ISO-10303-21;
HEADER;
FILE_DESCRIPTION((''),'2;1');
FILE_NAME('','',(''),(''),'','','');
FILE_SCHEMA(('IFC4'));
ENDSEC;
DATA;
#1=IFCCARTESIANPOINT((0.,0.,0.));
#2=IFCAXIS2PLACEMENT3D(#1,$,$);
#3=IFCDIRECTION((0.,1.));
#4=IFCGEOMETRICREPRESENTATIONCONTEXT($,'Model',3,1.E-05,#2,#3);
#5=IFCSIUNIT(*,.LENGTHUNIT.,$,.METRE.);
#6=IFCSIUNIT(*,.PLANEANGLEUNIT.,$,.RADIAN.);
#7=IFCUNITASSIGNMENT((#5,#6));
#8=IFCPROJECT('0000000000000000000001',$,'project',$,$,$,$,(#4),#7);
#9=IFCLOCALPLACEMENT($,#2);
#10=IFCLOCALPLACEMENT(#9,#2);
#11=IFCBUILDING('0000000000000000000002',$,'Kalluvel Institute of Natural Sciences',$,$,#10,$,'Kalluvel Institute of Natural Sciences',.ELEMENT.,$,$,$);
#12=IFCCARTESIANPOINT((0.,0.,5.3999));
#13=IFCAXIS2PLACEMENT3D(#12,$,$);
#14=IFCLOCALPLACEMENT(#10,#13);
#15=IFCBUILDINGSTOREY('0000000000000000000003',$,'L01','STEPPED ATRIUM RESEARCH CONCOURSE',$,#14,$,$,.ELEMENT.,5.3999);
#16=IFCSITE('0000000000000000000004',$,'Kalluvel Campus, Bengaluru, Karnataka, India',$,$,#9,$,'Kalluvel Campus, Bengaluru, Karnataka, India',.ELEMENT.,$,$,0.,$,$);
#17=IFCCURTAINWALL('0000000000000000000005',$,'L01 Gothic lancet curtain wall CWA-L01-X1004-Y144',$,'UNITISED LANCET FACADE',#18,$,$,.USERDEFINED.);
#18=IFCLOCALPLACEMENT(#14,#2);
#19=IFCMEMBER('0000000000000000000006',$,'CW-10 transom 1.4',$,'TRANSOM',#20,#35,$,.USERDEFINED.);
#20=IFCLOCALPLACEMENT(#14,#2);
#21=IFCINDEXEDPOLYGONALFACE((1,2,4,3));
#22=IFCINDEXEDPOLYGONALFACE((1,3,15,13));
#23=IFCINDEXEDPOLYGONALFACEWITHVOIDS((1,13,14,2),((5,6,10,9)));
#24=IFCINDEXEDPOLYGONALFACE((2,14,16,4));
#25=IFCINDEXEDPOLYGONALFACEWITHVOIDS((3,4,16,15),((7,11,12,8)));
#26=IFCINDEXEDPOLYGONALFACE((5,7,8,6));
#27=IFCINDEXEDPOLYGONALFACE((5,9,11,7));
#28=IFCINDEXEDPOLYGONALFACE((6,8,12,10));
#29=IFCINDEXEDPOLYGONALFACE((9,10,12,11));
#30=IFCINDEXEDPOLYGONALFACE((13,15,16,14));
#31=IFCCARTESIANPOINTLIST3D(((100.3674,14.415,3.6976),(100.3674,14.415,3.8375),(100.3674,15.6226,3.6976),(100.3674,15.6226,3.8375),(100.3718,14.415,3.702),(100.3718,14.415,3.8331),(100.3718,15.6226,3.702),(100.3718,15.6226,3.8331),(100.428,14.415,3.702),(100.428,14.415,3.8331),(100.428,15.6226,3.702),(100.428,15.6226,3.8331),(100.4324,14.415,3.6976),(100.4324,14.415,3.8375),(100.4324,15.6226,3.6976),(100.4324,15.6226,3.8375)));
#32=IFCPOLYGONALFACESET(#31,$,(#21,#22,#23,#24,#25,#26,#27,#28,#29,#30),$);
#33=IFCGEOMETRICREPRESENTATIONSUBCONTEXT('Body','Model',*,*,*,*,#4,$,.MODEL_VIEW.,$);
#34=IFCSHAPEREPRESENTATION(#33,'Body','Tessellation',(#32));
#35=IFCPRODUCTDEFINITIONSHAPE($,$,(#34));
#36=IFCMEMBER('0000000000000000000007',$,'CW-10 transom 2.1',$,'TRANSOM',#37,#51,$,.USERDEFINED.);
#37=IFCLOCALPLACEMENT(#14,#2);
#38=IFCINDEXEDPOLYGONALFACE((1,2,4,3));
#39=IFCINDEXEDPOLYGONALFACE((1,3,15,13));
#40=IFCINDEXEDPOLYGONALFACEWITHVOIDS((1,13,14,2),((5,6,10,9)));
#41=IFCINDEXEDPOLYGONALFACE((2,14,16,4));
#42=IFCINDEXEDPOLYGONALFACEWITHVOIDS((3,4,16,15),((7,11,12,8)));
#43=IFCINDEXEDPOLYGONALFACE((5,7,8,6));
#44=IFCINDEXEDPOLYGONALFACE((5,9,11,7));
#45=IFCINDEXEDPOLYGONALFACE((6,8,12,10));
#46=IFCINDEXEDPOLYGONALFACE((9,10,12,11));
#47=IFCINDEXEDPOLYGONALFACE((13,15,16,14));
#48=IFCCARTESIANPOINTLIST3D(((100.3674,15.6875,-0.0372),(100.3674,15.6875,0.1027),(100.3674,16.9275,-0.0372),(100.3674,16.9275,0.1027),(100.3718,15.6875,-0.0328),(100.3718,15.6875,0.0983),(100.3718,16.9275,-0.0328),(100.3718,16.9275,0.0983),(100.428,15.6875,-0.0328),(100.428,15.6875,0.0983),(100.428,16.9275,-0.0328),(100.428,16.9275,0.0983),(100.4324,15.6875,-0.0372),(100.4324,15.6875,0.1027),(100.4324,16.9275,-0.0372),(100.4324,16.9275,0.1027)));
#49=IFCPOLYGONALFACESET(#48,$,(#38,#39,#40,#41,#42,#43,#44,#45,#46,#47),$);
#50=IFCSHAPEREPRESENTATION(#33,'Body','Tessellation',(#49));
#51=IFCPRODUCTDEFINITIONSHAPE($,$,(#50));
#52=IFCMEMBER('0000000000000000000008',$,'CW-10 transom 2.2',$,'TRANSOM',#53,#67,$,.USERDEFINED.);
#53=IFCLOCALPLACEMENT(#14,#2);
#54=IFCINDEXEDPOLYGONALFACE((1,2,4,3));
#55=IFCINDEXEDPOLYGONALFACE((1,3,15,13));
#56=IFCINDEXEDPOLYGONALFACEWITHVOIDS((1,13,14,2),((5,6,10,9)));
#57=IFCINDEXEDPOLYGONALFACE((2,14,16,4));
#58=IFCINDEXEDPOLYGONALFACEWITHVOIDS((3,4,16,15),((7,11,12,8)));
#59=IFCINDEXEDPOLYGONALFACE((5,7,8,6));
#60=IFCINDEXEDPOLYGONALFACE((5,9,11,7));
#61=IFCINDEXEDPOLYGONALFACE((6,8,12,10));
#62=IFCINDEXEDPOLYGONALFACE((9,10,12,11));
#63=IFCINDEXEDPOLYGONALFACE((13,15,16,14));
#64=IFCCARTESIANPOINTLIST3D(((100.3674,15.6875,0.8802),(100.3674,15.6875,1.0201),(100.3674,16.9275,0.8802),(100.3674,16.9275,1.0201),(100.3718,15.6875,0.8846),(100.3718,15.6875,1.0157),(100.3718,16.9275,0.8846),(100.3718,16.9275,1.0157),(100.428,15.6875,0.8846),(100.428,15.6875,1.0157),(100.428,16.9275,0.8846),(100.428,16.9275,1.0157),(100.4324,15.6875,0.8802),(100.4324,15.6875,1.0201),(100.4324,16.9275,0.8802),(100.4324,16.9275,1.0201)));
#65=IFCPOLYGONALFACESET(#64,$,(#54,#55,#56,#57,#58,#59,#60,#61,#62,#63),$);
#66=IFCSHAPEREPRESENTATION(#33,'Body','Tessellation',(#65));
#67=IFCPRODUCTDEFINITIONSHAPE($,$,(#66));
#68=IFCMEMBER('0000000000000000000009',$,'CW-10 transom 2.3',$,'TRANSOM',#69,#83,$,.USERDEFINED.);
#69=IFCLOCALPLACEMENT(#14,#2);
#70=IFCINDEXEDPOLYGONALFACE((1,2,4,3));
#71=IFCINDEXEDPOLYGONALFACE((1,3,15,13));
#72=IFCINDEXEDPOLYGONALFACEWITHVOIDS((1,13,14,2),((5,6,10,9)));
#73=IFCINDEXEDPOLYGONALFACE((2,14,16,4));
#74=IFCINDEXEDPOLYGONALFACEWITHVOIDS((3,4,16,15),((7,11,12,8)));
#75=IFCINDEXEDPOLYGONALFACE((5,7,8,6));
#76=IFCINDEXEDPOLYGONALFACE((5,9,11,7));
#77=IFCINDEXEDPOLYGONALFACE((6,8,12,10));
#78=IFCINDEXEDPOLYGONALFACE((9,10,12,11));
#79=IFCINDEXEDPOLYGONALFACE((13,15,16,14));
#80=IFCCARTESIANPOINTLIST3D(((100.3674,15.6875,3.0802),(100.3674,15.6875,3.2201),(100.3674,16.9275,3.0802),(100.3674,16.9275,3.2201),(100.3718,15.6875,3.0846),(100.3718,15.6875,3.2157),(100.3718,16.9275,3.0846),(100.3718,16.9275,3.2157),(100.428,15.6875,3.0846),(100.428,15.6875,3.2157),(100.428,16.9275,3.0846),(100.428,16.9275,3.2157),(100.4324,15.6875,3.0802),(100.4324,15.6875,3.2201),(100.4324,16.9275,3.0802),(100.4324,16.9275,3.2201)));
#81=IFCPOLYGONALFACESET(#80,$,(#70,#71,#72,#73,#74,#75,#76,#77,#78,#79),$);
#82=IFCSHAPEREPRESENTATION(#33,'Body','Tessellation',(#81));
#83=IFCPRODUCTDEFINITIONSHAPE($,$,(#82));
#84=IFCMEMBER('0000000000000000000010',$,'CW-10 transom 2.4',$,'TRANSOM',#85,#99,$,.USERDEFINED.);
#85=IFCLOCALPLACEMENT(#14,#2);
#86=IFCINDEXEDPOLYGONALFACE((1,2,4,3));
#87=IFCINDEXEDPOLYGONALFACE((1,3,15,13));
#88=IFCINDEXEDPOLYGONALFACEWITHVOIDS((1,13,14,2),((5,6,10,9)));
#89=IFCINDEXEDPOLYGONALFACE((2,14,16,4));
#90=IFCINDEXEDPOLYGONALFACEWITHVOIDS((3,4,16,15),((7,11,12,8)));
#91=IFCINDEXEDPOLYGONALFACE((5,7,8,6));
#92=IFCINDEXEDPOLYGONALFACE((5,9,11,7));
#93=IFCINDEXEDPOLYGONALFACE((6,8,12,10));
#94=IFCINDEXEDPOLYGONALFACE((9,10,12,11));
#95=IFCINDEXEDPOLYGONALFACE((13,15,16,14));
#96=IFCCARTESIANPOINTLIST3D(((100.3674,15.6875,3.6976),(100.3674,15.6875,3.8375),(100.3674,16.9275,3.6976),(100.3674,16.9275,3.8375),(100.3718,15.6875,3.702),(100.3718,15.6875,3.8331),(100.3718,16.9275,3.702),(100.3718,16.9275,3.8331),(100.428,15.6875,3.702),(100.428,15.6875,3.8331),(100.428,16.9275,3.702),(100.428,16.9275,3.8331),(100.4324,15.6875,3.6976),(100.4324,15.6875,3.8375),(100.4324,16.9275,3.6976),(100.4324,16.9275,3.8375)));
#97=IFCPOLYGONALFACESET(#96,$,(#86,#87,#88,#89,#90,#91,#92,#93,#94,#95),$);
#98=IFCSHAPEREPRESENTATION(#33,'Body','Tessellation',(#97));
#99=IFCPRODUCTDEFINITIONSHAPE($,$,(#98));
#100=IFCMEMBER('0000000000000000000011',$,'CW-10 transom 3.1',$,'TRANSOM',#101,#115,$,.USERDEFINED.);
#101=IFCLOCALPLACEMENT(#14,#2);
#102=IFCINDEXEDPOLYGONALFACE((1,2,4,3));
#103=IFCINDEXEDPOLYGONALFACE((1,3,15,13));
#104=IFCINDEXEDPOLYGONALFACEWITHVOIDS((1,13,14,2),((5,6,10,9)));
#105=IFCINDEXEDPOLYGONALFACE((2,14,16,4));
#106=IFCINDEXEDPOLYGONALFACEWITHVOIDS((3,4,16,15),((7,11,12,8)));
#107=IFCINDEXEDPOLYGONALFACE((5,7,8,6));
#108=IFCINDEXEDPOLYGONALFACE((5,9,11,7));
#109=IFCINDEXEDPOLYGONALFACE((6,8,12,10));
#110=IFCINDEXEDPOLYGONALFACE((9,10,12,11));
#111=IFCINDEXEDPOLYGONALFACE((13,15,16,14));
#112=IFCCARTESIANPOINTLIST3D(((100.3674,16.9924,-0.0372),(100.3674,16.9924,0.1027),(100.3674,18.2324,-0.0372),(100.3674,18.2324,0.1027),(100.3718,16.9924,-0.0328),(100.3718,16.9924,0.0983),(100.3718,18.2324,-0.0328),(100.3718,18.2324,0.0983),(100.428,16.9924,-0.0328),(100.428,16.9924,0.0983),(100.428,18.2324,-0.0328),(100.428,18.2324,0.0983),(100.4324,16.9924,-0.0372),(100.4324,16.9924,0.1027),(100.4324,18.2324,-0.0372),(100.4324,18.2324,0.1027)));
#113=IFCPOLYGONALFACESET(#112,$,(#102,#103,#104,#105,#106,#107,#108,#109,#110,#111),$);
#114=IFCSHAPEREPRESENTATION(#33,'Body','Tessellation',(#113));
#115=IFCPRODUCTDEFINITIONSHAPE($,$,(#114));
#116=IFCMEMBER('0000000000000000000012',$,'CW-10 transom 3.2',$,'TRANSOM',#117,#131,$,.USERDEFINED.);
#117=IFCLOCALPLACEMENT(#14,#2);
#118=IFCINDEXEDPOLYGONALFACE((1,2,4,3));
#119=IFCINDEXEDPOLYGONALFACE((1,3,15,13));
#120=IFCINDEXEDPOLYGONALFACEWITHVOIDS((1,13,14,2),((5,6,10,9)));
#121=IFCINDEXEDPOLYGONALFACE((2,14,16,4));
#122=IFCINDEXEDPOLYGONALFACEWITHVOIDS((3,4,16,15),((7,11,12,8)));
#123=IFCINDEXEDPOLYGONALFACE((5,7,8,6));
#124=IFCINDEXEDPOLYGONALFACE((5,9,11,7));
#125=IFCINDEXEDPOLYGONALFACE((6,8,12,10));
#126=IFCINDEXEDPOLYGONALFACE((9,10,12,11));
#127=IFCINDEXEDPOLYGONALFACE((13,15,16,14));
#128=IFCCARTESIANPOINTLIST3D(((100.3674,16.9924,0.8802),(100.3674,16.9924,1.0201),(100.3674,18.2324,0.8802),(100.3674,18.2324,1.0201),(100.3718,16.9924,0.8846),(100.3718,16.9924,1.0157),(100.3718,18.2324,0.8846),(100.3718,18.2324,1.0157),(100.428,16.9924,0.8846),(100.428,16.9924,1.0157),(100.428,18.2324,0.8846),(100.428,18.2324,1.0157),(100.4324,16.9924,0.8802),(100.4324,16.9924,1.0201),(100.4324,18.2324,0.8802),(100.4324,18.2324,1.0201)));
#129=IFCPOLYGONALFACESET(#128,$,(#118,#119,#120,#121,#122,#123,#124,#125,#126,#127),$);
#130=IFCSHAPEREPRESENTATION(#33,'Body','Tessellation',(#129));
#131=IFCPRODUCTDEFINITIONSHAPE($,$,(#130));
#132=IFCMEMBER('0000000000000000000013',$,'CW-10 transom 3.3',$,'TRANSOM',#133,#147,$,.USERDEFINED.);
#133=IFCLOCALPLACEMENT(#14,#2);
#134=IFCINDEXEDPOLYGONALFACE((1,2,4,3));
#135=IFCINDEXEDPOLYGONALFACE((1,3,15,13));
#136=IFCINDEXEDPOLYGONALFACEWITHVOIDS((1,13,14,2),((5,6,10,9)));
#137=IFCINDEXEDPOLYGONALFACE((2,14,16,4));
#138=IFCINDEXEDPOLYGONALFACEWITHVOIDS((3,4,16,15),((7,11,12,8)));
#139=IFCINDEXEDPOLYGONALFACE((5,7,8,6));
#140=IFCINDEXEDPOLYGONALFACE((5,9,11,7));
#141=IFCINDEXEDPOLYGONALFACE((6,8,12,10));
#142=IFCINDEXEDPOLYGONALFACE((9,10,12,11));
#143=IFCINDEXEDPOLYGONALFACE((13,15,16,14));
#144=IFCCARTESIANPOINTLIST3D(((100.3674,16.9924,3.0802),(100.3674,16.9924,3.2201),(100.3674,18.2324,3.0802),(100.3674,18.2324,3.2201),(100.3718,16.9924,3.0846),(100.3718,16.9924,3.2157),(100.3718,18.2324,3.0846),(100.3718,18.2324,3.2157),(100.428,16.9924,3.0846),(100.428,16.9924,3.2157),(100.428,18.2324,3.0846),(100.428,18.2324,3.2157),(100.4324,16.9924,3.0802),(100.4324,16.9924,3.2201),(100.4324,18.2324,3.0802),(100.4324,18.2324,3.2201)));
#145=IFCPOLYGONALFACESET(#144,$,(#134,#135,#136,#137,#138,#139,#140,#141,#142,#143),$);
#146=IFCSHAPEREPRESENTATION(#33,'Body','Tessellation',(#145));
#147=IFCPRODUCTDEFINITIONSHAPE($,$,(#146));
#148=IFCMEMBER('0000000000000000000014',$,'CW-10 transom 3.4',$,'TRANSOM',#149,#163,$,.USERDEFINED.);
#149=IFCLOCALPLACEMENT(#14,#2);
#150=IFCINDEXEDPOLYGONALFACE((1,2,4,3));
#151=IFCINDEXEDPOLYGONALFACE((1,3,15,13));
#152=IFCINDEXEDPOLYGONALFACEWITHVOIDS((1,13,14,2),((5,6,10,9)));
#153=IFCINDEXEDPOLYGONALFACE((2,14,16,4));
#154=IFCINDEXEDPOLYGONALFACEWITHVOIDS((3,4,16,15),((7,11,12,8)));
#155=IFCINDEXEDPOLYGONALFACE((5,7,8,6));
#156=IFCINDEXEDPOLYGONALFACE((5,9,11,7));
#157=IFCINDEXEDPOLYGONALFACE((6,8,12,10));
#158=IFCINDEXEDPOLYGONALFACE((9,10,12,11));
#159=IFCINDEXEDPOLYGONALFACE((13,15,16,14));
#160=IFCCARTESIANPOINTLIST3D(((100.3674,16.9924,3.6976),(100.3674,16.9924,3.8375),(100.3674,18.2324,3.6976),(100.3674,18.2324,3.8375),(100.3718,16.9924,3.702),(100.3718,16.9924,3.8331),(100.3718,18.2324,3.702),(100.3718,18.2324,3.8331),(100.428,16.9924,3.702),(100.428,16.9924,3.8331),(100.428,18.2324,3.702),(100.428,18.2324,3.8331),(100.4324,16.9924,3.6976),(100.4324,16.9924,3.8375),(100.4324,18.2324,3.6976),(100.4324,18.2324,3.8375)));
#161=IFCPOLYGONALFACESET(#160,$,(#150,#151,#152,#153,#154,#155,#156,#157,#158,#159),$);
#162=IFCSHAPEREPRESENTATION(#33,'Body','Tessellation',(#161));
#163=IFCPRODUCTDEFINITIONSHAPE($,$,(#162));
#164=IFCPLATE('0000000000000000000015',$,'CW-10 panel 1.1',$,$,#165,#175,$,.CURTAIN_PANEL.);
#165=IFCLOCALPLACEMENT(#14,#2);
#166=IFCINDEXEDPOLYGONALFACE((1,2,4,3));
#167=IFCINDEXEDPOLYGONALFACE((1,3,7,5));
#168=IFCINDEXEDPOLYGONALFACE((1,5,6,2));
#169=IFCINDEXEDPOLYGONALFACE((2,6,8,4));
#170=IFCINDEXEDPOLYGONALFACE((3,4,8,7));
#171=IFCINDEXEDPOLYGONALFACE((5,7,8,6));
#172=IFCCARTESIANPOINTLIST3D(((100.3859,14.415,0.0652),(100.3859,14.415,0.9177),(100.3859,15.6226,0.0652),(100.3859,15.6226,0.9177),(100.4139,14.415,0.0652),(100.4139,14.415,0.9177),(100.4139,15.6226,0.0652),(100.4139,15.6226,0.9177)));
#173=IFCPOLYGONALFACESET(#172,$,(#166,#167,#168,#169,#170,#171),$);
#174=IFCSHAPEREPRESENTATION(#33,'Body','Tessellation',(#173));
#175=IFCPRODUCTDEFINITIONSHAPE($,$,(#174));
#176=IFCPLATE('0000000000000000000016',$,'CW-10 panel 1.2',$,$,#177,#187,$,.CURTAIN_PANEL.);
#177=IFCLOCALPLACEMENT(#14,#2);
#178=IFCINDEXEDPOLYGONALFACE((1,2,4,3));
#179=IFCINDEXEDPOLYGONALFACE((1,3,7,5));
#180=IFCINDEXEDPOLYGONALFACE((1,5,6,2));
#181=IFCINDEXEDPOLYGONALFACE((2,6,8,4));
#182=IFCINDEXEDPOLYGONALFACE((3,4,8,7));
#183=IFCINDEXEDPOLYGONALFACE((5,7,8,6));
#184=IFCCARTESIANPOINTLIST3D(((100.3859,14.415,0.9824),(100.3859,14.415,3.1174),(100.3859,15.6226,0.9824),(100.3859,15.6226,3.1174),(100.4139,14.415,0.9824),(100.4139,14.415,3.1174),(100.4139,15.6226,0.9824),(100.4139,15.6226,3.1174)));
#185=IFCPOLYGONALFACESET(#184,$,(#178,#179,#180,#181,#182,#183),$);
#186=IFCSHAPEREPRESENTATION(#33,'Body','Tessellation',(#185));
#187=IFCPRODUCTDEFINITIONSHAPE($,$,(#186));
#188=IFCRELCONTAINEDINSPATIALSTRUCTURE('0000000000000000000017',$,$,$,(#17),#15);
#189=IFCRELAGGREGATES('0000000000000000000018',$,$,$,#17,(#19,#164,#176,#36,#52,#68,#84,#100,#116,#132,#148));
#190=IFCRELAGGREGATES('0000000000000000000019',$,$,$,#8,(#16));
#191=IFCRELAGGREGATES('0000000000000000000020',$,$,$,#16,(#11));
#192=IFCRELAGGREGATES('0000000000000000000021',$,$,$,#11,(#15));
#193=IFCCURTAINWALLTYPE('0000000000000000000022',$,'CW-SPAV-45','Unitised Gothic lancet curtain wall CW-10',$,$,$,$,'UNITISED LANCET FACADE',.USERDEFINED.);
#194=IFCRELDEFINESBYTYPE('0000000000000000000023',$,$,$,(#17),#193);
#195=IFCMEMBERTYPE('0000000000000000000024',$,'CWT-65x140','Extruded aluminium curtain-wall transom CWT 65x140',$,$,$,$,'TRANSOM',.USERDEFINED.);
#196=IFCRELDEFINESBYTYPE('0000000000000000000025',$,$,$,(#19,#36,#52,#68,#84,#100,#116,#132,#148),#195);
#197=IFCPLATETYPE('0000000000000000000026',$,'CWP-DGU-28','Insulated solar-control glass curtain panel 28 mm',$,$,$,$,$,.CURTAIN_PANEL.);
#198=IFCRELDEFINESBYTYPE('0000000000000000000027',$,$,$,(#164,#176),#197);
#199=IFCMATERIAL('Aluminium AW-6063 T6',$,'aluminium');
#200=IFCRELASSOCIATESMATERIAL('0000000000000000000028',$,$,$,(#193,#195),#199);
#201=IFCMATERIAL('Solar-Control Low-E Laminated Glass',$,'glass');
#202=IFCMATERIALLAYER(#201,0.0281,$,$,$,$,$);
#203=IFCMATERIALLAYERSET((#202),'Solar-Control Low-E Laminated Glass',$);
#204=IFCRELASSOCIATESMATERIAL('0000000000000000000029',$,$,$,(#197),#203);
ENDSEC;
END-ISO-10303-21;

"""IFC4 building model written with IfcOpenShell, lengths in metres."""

from ifc_helpers import new_model, si_unit, direction, frame, origin, origin_2d, place, context, subcontext, project, spatial, rectangle, hollow_rectangle, extrude, material, layer, layer_set, material_profile, profile_set, type_object, element, aggregate, save


model = new_model("IFC4")

# Units and contexts
model_context = context("Model", 3, precision=1e-05, world=origin(), true_north=direction((0.0, 1.0)))
body_context = subcontext(model_context, "Body", "Model", "MODEL_VIEW")
ifc_project = project(units=[si_unit("LENGTHUNIT", "METRE"), si_unit("PLANEANGLEUNIT", "RADIAN")], contexts=[model_context])

# Site, building, storey
site_placement = place(None, origin())
site = spatial("IfcSite", under=ifc_project, at=site_placement, Name="Kalluvel Campus, Bengaluru, Karnataka, India", LongName="Kalluvel Campus, Bengaluru, Karnataka, India", CompositionType="ELEMENT", RefElevation=0.0)
building_placement = place(site_placement, origin())
building = spatial("IfcBuilding", under=site, at=building_placement, Name="Kalluvel Institute of Natural Sciences", LongName="Kalluvel Institute of Natural Sciences", CompositionType="ELEMENT")
storey_placement = place(building_placement, frame((0.0, 0.0, 5.3999)))
storey = spatial("IfcBuildingStorey", under=building, at=storey_placement, Name="L01", Description="STEPPED ATRIUM RESEARCH CONCOURSE", CompositionType="ELEMENT", Elevation=5.3999)

# Curtain wall, members, plates
ifc_material_1 = material(Name="Aluminium AW-6063 T6", Category="aluminium")
curtain_wall_type = type_object("IfcCurtainWallType", Name="CW-SPAV-45", Description="Unitised Gothic lancet curtain wall CW-10", ElementType="UNITISED LANCET FACADE", PredefinedType="USERDEFINED", material=ifc_material_1)
curtain_wall_placement = place(storey_placement, origin())
curtain_wall = element("IfcCurtainWall", 1, at=curtain_wall_placement, inside=storey, type_object=curtain_wall_type, Name="L01 Gothic lancet curtain wall CWA-L01-X1004-Y144", ObjectType="UNITISED LANCET FACADE", PredefinedType="USERDEFINED")
ifc_material_profile_1 = material_profile(ifc_material_1, hollow_rectangle(XDim=0.0649, YDim=0.1399, WallThickness=0.0044, at=origin_2d()), Name="CWT 65x140")
ifc_profile_set_1 = profile_set([ifc_material_profile_1], Name="Aluminium AW-6063 T6")
member_type_1 = type_object("IfcMemberType", Name="CWT-65x140", Description="Extruded aluminium curtain-wall transom CWT 65x140", ElementType="TRANSOM", PredefinedType="USERDEFINED", material=ifc_profile_set_1)
member_1_placement = place(storey_placement, frame((100.3999, 14.415, 3.7676), z_axis=(0.0, 1.0, 0.0), x_axis=(-1.0, 0.0, 0.0)))
member_1 = element("IfcMember", 2, at=member_1_placement, type_object=member_type_1, Name="CW-10 transom 1.4", ObjectType="TRANSOM", PredefinedType="USERDEFINED", context=body_context, shape_type="SweptSolid", body=[
    extrude(hollow_rectangle(XDim=0.0649, YDim=0.1399, WallThickness=0.0044, at=origin_2d()), origin(), (0.0, 0.0, 1.0), 1.2075),
])
member_2_placement = place(storey_placement, frame((100.3999, 15.6875, 0.0327), z_axis=(0.0, 1.0, 0.0), x_axis=(-1.0, 0.0, 0.0)))
member_2 = element("IfcMember", 3, at=member_2_placement, type_object=member_type_1, Name="CW-10 transom 2.1", ObjectType="TRANSOM", PredefinedType="USERDEFINED", context=body_context, shape_type="SweptSolid", body=[
    extrude(hollow_rectangle(XDim=0.0649, YDim=0.1399, WallThickness=0.0044, at=origin_2d()), origin(), (0.0, 0.0, 1.0), 1.24),
])
member_3_placement = place(storey_placement, frame((100.3999, 15.6875, 0.9502), z_axis=(0.0, 1.0, 0.0), x_axis=(-1.0, 0.0, 0.0)))
member_3 = element("IfcMember", 4, at=member_3_placement, type_object=member_type_1, Name="CW-10 transom 2.2", ObjectType="TRANSOM", PredefinedType="USERDEFINED", context=body_context, shape_type="SweptSolid", body=[
    extrude(hollow_rectangle(XDim=0.0649, YDim=0.1399, WallThickness=0.0044, at=origin_2d()), origin(), (0.0, 0.0, 1.0), 1.24),
])
member_4_placement = place(storey_placement, frame((100.3999, 15.6875, 3.1501), z_axis=(0.0, 1.0, 0.0), x_axis=(-1.0, 0.0, 0.0)))
member_4 = element("IfcMember", 5, at=member_4_placement, type_object=member_type_1, Name="CW-10 transom 2.3", ObjectType="TRANSOM", PredefinedType="USERDEFINED", context=body_context, shape_type="SweptSolid", body=[
    extrude(hollow_rectangle(XDim=0.0649, YDim=0.1399, WallThickness=0.0044, at=origin_2d()), origin(), (0.0, 0.0, 1.0), 1.24),
])
member_5_placement = place(storey_placement, frame((100.3999, 15.6875, 3.7676), z_axis=(0.0, 1.0, 0.0), x_axis=(-1.0, 0.0, 0.0)))
member_5 = element("IfcMember", 6, at=member_5_placement, type_object=member_type_1, Name="CW-10 transom 2.4", ObjectType="TRANSOM", PredefinedType="USERDEFINED", context=body_context, shape_type="SweptSolid", body=[
    extrude(hollow_rectangle(XDim=0.0649, YDim=0.1399, WallThickness=0.0044, at=origin_2d()), origin(), (0.0, 0.0, 1.0), 1.24),
])
member_6_placement = place(storey_placement, frame((100.3999, 16.9924, 0.0327), z_axis=(0.0, 1.0, 0.0), x_axis=(-1.0, 0.0, 0.0)))
member_6 = element("IfcMember", 7, at=member_6_placement, type_object=member_type_1, Name="CW-10 transom 3.1", ObjectType="TRANSOM", PredefinedType="USERDEFINED", context=body_context, shape_type="SweptSolid", body=[
    extrude(hollow_rectangle(XDim=0.0649, YDim=0.1399, WallThickness=0.0044, at=origin_2d()), origin(), (0.0, 0.0, 1.0), 1.24),
])
member_7_placement = place(storey_placement, frame((100.3999, 16.9924, 0.9502), z_axis=(0.0, 1.0, 0.0), x_axis=(-1.0, 0.0, 0.0)))
member_7 = element("IfcMember", 8, at=member_7_placement, type_object=member_type_1, Name="CW-10 transom 3.2", ObjectType="TRANSOM", PredefinedType="USERDEFINED", context=body_context, shape_type="SweptSolid", body=[
    extrude(hollow_rectangle(XDim=0.0649, YDim=0.1399, WallThickness=0.0044, at=origin_2d()), origin(), (0.0, 0.0, 1.0), 1.24),
])
member_8_placement = place(storey_placement, frame((100.3999, 16.9924, 3.1501), z_axis=(0.0, 1.0, 0.0), x_axis=(-1.0, 0.0, 0.0)))
member_8 = element("IfcMember", 9, at=member_8_placement, type_object=member_type_1, Name="CW-10 transom 3.3", ObjectType="TRANSOM", PredefinedType="USERDEFINED", context=body_context, shape_type="SweptSolid", body=[
    extrude(hollow_rectangle(XDim=0.0649, YDim=0.1399, WallThickness=0.0044, at=origin_2d()), origin(), (0.0, 0.0, 1.0), 1.24),
])
member_9_placement = place(storey_placement, frame((100.3999, 16.9924, 3.7676), z_axis=(0.0, 1.0, 0.0), x_axis=(-1.0, 0.0, 0.0)))
member_9 = element("IfcMember", 10, at=member_9_placement, type_object=member_type_1, Name="CW-10 transom 3.4", ObjectType="TRANSOM", PredefinedType="USERDEFINED", context=body_context, shape_type="SweptSolid", body=[
    extrude(hollow_rectangle(XDim=0.0649, YDim=0.1399, WallThickness=0.0044, at=origin_2d()), origin(), (0.0, 0.0, 1.0), 1.24),
])
ifc_material_2 = material(Name="Solar-Control Low-E Laminated Glass", Category="glass")
ifc_layer = layer(ifc_material_2, 0.0281)
ifc_layer_set = layer_set([ifc_layer], Name="Solar-Control Low-E Laminated Glass")
plate_type = type_object("IfcPlateType", Name="CWP-DGU-28", Description="Insulated solar-control glass curtain panel 28 mm", PredefinedType="CURTAIN_PANEL", material=ifc_layer_set)
plate_1_placement = place(storey_placement, frame((100.3999, 15.0188, 0.0652), z_axis=(0.0, 0.0, 1.0), x_axis=(0.0, 1.0, 0.0)))
plate_1 = element("IfcPlate", 11, at=plate_1_placement, type_object=plate_type, Name="CW-10 panel 1.1", PredefinedType="CURTAIN_PANEL", context=body_context, shape_type="SweptSolid", body=[
    extrude(rectangle(XDim=1.2075, YDim=0.0281, at=origin_2d()), origin(), (0.0, 0.0, 1.0), 0.8525),
])
plate_2_placement = place(storey_placement, frame((100.3999, 15.0188, 0.9824), z_axis=(0.0, 0.0, 1.0), x_axis=(0.0, 1.0, 0.0)))
plate_2 = element("IfcPlate", 12, at=plate_2_placement, type_object=plate_type, Name="CW-10 panel 1.2", PredefinedType="CURTAIN_PANEL", context=body_context, shape_type="SweptSolid", body=[
    extrude(rectangle(XDim=1.2075, YDim=0.0281, at=origin_2d()), origin(), (0.0, 0.0, 1.0), 2.135),
])
aggregate(curtain_wall, [member_1, plate_1, plate_2, member_2, member_3, member_4, member_5, member_6, member_7, member_8, member_9])

save(model, "model.ifc")
